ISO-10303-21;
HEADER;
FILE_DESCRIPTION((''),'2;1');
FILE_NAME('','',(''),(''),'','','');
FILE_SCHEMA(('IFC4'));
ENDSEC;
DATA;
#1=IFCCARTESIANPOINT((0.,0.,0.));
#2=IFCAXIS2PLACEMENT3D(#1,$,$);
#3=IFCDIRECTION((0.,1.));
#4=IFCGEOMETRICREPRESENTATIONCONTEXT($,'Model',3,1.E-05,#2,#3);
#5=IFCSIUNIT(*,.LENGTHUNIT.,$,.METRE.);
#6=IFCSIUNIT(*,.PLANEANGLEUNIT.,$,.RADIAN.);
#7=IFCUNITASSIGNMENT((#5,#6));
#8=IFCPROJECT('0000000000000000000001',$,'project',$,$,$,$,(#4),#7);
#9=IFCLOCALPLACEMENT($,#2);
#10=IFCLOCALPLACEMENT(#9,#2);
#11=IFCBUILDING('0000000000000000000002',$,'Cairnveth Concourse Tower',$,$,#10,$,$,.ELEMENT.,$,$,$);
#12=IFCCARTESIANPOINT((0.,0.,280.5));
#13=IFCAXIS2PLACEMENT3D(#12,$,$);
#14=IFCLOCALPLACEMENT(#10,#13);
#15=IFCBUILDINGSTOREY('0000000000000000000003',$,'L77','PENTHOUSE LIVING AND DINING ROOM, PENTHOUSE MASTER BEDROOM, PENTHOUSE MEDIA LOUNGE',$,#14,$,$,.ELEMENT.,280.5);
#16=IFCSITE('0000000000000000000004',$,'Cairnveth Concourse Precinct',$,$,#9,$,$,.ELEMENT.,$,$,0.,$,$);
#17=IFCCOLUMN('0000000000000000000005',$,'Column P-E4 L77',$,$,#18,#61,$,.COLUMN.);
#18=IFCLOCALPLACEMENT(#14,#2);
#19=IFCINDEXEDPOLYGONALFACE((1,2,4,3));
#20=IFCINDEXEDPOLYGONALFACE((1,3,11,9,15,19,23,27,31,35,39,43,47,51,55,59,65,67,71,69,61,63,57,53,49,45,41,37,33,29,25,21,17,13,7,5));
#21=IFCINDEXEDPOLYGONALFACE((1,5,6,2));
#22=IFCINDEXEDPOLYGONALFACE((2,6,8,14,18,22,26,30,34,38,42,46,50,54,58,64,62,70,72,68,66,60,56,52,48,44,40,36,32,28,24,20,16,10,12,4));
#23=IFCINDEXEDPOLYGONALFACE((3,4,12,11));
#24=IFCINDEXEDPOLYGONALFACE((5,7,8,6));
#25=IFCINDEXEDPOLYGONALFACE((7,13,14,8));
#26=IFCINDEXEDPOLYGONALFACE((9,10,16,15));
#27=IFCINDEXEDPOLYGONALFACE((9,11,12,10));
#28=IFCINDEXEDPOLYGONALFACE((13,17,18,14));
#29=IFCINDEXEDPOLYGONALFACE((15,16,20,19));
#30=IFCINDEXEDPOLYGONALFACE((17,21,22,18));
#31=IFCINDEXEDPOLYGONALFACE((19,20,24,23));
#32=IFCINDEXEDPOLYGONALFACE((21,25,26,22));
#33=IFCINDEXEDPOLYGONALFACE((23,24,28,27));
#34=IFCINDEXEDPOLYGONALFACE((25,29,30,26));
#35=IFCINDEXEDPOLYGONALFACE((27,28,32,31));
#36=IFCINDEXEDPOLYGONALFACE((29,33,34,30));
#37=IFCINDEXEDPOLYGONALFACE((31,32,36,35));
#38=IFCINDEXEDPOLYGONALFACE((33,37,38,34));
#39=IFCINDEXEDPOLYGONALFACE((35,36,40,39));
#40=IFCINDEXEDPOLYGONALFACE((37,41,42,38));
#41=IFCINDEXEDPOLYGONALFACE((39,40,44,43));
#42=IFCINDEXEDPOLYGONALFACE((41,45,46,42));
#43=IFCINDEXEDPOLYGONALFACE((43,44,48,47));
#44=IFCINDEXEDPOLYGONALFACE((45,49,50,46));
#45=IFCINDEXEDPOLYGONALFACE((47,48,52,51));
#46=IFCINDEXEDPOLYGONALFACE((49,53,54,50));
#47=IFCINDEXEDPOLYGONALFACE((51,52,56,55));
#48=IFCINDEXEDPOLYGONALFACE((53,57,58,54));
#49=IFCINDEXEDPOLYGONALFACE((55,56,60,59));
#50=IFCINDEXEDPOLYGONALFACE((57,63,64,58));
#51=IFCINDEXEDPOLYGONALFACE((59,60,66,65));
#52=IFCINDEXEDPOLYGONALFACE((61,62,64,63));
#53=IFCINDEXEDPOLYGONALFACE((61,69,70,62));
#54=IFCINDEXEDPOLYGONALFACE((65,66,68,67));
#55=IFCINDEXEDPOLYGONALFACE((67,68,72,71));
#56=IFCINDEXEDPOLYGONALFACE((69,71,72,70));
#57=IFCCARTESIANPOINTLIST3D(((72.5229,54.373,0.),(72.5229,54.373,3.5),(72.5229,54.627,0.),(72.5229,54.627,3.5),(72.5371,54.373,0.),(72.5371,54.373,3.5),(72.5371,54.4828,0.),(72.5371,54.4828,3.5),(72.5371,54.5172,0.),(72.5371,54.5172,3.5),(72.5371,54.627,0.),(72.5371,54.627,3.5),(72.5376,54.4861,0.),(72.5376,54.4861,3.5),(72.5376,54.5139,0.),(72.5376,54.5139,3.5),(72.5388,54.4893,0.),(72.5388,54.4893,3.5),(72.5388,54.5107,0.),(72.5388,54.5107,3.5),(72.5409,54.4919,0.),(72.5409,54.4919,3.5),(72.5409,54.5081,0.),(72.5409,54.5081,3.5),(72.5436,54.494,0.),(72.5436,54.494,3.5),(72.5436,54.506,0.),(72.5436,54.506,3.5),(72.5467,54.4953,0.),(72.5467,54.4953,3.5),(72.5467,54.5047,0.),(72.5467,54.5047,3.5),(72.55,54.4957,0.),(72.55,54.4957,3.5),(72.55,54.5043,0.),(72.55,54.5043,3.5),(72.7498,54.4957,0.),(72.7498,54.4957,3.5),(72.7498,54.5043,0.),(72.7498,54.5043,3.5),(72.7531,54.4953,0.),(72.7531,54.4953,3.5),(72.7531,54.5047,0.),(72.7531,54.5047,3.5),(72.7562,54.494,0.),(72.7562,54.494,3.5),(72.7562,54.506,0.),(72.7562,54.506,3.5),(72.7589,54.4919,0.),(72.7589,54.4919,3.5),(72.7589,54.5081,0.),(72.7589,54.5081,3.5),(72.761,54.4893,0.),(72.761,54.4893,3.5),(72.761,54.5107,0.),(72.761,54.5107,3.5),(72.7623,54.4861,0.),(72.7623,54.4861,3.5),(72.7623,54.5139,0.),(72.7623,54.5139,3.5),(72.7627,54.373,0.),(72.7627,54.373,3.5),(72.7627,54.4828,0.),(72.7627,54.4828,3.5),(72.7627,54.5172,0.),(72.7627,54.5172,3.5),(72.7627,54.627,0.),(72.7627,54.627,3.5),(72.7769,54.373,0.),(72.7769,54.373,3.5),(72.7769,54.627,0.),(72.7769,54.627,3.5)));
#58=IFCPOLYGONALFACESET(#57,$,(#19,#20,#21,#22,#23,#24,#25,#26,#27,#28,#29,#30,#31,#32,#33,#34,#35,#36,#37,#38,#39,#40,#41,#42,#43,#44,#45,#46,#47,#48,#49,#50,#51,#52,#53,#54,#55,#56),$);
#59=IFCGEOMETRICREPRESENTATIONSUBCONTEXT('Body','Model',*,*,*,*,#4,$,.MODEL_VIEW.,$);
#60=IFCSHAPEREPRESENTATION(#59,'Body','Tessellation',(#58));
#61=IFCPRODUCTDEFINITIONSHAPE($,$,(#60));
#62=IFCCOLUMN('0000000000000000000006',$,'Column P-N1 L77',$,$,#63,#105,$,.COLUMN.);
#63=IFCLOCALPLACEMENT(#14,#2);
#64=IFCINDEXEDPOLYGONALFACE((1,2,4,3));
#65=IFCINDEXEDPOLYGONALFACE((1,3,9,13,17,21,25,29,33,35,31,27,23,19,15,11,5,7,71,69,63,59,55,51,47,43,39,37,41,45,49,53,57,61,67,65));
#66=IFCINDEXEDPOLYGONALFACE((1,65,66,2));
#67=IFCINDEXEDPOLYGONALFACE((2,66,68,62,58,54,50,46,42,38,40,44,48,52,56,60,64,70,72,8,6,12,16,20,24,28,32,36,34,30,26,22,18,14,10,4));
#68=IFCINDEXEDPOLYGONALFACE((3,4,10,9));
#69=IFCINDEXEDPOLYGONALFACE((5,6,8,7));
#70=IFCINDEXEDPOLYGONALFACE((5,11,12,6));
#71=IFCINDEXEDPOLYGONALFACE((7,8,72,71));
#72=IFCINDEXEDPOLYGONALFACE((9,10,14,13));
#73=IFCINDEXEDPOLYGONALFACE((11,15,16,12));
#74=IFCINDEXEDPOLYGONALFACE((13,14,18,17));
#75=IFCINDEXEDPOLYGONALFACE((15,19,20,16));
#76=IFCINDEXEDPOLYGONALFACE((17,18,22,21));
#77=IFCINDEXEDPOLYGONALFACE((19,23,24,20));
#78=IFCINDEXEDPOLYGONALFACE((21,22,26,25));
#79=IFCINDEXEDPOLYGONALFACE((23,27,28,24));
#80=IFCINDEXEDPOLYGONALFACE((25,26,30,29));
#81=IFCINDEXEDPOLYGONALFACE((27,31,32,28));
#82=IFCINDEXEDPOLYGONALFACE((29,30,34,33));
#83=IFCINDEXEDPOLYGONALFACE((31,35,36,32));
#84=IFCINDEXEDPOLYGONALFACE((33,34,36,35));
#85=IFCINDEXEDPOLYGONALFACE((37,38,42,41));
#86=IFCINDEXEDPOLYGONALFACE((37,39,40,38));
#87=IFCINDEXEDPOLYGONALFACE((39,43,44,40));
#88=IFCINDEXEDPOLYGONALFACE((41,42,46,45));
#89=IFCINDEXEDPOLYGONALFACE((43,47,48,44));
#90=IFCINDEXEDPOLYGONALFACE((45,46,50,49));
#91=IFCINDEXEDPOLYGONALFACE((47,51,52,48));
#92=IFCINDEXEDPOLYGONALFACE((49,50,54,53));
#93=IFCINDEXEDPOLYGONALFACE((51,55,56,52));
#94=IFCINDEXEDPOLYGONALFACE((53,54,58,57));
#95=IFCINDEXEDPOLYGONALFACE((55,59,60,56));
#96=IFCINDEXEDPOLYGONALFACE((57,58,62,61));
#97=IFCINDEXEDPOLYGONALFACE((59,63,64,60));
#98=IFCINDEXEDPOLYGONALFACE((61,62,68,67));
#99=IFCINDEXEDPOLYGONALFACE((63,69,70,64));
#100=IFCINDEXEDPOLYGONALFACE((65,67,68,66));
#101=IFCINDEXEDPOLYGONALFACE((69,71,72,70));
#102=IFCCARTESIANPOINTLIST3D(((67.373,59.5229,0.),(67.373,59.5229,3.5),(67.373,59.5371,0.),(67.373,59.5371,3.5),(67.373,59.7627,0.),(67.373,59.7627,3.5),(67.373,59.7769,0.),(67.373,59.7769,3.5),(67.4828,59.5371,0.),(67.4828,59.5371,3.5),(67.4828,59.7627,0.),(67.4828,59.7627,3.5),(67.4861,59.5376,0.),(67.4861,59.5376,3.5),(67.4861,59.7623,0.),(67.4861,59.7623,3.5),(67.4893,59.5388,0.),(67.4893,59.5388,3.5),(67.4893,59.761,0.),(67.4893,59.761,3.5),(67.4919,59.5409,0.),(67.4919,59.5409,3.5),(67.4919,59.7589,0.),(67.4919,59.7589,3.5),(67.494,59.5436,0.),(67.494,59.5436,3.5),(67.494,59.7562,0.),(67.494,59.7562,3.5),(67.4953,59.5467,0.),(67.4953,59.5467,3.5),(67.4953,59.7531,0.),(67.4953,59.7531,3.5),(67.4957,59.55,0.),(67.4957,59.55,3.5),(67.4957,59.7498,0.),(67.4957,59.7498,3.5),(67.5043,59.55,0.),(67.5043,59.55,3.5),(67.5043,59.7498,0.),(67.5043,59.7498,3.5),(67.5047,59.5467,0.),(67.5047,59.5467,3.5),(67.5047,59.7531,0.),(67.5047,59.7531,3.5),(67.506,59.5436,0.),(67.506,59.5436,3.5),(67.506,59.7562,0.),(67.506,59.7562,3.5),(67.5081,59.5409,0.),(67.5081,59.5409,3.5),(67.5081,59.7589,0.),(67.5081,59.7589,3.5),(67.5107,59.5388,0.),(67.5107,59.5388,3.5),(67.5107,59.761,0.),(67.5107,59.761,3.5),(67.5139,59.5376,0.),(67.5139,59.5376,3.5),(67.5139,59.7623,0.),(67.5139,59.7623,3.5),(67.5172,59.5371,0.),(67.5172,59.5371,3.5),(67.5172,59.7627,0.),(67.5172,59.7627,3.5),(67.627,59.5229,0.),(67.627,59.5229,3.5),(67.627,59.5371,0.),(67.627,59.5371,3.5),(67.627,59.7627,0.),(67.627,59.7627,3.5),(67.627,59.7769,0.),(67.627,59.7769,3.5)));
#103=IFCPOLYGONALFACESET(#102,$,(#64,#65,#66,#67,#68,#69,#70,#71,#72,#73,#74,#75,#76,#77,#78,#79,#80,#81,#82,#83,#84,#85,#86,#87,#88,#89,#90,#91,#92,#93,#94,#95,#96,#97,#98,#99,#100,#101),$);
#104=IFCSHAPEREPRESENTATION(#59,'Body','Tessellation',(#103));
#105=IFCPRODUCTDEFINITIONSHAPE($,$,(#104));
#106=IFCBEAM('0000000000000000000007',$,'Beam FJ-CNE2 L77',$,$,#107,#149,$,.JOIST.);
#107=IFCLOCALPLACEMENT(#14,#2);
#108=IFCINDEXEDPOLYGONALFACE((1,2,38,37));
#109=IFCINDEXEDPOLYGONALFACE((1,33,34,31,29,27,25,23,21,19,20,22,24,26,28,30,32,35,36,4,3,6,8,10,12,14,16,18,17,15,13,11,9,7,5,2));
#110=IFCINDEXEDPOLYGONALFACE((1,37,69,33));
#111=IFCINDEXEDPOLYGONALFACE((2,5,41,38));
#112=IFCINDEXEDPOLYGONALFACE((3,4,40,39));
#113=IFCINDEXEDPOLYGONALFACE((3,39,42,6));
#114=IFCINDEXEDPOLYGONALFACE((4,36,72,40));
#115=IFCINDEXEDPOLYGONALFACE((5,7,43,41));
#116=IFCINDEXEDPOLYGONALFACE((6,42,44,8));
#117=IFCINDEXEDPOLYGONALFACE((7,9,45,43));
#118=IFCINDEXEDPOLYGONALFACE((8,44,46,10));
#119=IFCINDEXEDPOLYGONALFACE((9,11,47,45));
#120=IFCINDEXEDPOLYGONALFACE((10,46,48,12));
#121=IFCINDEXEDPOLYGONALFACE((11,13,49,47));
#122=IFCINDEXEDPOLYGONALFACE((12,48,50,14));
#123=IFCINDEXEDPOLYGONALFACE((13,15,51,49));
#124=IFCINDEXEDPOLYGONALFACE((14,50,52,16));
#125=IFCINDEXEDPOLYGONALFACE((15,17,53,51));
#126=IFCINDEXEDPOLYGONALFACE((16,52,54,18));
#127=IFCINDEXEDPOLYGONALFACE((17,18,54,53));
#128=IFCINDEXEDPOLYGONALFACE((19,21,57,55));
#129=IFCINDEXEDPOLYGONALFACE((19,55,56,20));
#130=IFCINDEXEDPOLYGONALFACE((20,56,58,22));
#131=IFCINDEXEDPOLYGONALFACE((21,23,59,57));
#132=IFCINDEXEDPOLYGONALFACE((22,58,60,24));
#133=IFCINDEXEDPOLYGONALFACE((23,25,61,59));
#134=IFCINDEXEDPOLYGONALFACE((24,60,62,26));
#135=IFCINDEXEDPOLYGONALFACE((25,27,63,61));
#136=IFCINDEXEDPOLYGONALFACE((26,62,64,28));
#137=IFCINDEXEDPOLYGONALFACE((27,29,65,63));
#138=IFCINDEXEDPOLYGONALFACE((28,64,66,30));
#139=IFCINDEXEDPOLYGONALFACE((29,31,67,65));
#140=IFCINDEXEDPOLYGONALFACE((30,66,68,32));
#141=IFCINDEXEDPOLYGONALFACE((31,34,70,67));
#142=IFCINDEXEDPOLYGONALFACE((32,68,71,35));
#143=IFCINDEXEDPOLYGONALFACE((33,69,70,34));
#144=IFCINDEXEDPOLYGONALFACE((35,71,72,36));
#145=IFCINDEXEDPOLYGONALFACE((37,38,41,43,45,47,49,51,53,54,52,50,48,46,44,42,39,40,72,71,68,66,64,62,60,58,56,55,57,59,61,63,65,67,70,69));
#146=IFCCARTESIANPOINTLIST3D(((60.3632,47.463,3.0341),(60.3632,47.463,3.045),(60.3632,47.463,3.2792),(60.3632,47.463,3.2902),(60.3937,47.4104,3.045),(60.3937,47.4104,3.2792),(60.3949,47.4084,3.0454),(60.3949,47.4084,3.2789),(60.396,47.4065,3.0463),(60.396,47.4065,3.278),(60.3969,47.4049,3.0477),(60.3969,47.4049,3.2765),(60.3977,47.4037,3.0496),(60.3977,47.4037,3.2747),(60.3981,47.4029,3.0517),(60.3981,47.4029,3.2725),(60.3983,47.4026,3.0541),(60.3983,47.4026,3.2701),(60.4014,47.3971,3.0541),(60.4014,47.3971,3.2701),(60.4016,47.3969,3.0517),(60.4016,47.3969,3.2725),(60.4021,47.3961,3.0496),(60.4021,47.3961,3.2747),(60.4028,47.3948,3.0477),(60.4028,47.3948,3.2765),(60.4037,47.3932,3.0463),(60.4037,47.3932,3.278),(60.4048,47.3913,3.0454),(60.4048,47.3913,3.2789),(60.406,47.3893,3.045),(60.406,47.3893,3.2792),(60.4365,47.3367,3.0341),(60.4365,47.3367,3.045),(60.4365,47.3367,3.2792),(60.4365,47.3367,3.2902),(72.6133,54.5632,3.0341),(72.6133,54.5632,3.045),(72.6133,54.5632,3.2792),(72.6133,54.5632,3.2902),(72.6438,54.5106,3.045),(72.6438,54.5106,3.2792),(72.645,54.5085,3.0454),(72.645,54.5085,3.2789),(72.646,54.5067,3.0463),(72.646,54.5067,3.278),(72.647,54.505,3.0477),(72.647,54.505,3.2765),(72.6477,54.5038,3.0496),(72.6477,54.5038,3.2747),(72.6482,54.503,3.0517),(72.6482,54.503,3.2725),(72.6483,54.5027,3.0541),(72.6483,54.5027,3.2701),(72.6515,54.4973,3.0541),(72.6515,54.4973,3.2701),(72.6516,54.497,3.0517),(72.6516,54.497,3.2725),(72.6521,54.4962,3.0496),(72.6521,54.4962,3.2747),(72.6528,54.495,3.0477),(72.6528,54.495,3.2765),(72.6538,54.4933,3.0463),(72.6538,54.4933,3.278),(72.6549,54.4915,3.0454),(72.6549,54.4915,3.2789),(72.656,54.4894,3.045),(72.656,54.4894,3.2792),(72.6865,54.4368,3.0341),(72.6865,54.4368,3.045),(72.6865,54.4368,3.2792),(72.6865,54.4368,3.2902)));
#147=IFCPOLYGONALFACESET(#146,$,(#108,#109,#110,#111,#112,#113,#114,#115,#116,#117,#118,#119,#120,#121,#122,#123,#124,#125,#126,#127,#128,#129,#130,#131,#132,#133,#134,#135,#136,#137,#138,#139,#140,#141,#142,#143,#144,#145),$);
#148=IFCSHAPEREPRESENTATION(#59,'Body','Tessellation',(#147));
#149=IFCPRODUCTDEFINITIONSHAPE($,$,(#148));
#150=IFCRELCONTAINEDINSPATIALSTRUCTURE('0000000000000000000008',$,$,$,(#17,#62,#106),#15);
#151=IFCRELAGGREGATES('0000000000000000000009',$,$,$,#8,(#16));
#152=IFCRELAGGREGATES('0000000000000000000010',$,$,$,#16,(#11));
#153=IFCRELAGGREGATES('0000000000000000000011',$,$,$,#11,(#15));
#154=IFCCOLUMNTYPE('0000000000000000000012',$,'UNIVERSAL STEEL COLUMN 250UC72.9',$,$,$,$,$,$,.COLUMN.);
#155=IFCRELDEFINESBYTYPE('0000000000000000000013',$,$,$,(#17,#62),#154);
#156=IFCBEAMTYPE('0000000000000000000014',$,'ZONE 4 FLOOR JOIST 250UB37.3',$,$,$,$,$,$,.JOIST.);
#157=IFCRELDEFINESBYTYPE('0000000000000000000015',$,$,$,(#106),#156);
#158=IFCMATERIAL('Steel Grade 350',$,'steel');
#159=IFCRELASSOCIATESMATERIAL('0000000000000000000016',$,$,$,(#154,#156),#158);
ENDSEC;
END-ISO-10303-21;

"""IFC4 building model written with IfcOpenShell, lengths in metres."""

from ifc_helpers import new_model, si_unit, direction, frame, origin, origin_2d, place, context, subcontext, project, spatial, i_section, extrude, material, material_profile, profile_set, type_object, element, save


model = new_model("IFC4")

# Units and contexts
model_context = context("Model", 3, precision=1e-05, world=origin(), true_north=direction((0.0, 1.0)))
body_context = subcontext(model_context, "Body", "Model", "MODEL_VIEW")
ifc_project = project(units=[si_unit("LENGTHUNIT", "METRE"), si_unit("PLANEANGLEUNIT", "RADIAN")], contexts=[model_context])

# Site, building, storey
site_placement = place(None, origin())
site = spatial("IfcSite", under=ifc_project, at=site_placement, Name="Cairnveth Concourse Precinct", CompositionType="ELEMENT", RefElevation=0.0)
building_placement = place(site_placement, origin())
building = spatial("IfcBuilding", under=site, at=building_placement, Name="Cairnveth Concourse Tower", CompositionType="ELEMENT")
storey_placement = place(building_placement, frame((0.0, 0.0, 280.5)))
storey = spatial("IfcBuildingStorey", under=building, at=storey_placement, Name="L77", Description="PENTHOUSE LIVING AND DINING ROOM, PENTHOUSE MASTER BEDROOM, PENTHOUSE MEDIA LOUNGE", CompositionType="ELEMENT", Elevation=280.5)

# Columns
ifc_material_1 = material(Name="Steel Grade 350", Category="steel")
ifc_material_profile_1 = material_profile(ifc_material_1, i_section(OverallWidth=0.2539, OverallDepth=0.2539, WebThickness=0.0085, FlangeThickness=0.0142, FilletRadius=0.0129, at=origin_2d()), Name="250UC72.9")
ifc_profile_set_1 = profile_set([ifc_material_profile_1], Name="Steel Grade 350")
column_type = type_object("IfcColumnType", Name="UNIVERSAL STEEL COLUMN 250UC72.9", PredefinedType="COLUMN", material=ifc_profile_set_1)
for number, where, z_axis, x_axis, name in (
    (1, (72.6499, 54.5, 0.0), (0.0, 0.0, 1.0), (0.0, 1.0, 0.0), "Column P-E4 L77"),
    (2, (67.5, 59.6499, 0.0), (0.0, 0.0, 1.0), (1.0, 0.0, 0.0), "Column P-N1 L77"),
):
    element("IfcColumn", number, at=place(storey_placement, frame(where, z_axis=z_axis, x_axis=x_axis)), inside=storey, type_object=column_type, Name=name, PredefinedType="COLUMN", context=body_context, shape_type="SweptSolid", body=[
        extrude(i_section(OverallWidth=0.2539, OverallDepth=0.2539, WebThickness=0.0085, FlangeThickness=0.0142, FilletRadius=0.0129, at=origin_2d()), origin(), (0.0, 0.0, 1.0), 3.5),
    ])

# Beam
ifc_material_profile_2 = material_profile(ifc_material_1, i_section(OverallWidth=0.146, OverallDepth=0.2561, WebThickness=0.0063, FlangeThickness=0.011, FilletRadius=0.009, at=origin_2d()), Name="250UB37.3")
ifc_profile_set_2 = profile_set([ifc_material_profile_2], Name="Steel Grade 350")
beam_type_1 = type_object("IfcBeamType", Name="ZONE 4 FLOOR JOIST 250UB37.3", PredefinedType="JOIST", material=ifc_profile_set_2)
beam_1_placement = place(storey_placement, frame((72.6499, 54.5, 3.1621), z_axis=(-0.865181, -0.501459, 0.0), x_axis=(0.501459, -0.865181, 0.0)))
element("IfcBeam", 3, at=beam_1_placement, inside=storey, type_object=beam_type_1, Name="Beam FJ-CNE2 L77", PredefinedType="JOIST", context=body_context, shape_type="SweptSolid", body=[
    extrude(i_section(OverallWidth=0.146, OverallDepth=0.2561, WebThickness=0.0063, FlangeThickness=0.011, FilletRadius=0.009, at=origin_2d()), origin(), (0.0, 0.0, 1.0), 14.1589),
])

save(model, "model.ifc")
